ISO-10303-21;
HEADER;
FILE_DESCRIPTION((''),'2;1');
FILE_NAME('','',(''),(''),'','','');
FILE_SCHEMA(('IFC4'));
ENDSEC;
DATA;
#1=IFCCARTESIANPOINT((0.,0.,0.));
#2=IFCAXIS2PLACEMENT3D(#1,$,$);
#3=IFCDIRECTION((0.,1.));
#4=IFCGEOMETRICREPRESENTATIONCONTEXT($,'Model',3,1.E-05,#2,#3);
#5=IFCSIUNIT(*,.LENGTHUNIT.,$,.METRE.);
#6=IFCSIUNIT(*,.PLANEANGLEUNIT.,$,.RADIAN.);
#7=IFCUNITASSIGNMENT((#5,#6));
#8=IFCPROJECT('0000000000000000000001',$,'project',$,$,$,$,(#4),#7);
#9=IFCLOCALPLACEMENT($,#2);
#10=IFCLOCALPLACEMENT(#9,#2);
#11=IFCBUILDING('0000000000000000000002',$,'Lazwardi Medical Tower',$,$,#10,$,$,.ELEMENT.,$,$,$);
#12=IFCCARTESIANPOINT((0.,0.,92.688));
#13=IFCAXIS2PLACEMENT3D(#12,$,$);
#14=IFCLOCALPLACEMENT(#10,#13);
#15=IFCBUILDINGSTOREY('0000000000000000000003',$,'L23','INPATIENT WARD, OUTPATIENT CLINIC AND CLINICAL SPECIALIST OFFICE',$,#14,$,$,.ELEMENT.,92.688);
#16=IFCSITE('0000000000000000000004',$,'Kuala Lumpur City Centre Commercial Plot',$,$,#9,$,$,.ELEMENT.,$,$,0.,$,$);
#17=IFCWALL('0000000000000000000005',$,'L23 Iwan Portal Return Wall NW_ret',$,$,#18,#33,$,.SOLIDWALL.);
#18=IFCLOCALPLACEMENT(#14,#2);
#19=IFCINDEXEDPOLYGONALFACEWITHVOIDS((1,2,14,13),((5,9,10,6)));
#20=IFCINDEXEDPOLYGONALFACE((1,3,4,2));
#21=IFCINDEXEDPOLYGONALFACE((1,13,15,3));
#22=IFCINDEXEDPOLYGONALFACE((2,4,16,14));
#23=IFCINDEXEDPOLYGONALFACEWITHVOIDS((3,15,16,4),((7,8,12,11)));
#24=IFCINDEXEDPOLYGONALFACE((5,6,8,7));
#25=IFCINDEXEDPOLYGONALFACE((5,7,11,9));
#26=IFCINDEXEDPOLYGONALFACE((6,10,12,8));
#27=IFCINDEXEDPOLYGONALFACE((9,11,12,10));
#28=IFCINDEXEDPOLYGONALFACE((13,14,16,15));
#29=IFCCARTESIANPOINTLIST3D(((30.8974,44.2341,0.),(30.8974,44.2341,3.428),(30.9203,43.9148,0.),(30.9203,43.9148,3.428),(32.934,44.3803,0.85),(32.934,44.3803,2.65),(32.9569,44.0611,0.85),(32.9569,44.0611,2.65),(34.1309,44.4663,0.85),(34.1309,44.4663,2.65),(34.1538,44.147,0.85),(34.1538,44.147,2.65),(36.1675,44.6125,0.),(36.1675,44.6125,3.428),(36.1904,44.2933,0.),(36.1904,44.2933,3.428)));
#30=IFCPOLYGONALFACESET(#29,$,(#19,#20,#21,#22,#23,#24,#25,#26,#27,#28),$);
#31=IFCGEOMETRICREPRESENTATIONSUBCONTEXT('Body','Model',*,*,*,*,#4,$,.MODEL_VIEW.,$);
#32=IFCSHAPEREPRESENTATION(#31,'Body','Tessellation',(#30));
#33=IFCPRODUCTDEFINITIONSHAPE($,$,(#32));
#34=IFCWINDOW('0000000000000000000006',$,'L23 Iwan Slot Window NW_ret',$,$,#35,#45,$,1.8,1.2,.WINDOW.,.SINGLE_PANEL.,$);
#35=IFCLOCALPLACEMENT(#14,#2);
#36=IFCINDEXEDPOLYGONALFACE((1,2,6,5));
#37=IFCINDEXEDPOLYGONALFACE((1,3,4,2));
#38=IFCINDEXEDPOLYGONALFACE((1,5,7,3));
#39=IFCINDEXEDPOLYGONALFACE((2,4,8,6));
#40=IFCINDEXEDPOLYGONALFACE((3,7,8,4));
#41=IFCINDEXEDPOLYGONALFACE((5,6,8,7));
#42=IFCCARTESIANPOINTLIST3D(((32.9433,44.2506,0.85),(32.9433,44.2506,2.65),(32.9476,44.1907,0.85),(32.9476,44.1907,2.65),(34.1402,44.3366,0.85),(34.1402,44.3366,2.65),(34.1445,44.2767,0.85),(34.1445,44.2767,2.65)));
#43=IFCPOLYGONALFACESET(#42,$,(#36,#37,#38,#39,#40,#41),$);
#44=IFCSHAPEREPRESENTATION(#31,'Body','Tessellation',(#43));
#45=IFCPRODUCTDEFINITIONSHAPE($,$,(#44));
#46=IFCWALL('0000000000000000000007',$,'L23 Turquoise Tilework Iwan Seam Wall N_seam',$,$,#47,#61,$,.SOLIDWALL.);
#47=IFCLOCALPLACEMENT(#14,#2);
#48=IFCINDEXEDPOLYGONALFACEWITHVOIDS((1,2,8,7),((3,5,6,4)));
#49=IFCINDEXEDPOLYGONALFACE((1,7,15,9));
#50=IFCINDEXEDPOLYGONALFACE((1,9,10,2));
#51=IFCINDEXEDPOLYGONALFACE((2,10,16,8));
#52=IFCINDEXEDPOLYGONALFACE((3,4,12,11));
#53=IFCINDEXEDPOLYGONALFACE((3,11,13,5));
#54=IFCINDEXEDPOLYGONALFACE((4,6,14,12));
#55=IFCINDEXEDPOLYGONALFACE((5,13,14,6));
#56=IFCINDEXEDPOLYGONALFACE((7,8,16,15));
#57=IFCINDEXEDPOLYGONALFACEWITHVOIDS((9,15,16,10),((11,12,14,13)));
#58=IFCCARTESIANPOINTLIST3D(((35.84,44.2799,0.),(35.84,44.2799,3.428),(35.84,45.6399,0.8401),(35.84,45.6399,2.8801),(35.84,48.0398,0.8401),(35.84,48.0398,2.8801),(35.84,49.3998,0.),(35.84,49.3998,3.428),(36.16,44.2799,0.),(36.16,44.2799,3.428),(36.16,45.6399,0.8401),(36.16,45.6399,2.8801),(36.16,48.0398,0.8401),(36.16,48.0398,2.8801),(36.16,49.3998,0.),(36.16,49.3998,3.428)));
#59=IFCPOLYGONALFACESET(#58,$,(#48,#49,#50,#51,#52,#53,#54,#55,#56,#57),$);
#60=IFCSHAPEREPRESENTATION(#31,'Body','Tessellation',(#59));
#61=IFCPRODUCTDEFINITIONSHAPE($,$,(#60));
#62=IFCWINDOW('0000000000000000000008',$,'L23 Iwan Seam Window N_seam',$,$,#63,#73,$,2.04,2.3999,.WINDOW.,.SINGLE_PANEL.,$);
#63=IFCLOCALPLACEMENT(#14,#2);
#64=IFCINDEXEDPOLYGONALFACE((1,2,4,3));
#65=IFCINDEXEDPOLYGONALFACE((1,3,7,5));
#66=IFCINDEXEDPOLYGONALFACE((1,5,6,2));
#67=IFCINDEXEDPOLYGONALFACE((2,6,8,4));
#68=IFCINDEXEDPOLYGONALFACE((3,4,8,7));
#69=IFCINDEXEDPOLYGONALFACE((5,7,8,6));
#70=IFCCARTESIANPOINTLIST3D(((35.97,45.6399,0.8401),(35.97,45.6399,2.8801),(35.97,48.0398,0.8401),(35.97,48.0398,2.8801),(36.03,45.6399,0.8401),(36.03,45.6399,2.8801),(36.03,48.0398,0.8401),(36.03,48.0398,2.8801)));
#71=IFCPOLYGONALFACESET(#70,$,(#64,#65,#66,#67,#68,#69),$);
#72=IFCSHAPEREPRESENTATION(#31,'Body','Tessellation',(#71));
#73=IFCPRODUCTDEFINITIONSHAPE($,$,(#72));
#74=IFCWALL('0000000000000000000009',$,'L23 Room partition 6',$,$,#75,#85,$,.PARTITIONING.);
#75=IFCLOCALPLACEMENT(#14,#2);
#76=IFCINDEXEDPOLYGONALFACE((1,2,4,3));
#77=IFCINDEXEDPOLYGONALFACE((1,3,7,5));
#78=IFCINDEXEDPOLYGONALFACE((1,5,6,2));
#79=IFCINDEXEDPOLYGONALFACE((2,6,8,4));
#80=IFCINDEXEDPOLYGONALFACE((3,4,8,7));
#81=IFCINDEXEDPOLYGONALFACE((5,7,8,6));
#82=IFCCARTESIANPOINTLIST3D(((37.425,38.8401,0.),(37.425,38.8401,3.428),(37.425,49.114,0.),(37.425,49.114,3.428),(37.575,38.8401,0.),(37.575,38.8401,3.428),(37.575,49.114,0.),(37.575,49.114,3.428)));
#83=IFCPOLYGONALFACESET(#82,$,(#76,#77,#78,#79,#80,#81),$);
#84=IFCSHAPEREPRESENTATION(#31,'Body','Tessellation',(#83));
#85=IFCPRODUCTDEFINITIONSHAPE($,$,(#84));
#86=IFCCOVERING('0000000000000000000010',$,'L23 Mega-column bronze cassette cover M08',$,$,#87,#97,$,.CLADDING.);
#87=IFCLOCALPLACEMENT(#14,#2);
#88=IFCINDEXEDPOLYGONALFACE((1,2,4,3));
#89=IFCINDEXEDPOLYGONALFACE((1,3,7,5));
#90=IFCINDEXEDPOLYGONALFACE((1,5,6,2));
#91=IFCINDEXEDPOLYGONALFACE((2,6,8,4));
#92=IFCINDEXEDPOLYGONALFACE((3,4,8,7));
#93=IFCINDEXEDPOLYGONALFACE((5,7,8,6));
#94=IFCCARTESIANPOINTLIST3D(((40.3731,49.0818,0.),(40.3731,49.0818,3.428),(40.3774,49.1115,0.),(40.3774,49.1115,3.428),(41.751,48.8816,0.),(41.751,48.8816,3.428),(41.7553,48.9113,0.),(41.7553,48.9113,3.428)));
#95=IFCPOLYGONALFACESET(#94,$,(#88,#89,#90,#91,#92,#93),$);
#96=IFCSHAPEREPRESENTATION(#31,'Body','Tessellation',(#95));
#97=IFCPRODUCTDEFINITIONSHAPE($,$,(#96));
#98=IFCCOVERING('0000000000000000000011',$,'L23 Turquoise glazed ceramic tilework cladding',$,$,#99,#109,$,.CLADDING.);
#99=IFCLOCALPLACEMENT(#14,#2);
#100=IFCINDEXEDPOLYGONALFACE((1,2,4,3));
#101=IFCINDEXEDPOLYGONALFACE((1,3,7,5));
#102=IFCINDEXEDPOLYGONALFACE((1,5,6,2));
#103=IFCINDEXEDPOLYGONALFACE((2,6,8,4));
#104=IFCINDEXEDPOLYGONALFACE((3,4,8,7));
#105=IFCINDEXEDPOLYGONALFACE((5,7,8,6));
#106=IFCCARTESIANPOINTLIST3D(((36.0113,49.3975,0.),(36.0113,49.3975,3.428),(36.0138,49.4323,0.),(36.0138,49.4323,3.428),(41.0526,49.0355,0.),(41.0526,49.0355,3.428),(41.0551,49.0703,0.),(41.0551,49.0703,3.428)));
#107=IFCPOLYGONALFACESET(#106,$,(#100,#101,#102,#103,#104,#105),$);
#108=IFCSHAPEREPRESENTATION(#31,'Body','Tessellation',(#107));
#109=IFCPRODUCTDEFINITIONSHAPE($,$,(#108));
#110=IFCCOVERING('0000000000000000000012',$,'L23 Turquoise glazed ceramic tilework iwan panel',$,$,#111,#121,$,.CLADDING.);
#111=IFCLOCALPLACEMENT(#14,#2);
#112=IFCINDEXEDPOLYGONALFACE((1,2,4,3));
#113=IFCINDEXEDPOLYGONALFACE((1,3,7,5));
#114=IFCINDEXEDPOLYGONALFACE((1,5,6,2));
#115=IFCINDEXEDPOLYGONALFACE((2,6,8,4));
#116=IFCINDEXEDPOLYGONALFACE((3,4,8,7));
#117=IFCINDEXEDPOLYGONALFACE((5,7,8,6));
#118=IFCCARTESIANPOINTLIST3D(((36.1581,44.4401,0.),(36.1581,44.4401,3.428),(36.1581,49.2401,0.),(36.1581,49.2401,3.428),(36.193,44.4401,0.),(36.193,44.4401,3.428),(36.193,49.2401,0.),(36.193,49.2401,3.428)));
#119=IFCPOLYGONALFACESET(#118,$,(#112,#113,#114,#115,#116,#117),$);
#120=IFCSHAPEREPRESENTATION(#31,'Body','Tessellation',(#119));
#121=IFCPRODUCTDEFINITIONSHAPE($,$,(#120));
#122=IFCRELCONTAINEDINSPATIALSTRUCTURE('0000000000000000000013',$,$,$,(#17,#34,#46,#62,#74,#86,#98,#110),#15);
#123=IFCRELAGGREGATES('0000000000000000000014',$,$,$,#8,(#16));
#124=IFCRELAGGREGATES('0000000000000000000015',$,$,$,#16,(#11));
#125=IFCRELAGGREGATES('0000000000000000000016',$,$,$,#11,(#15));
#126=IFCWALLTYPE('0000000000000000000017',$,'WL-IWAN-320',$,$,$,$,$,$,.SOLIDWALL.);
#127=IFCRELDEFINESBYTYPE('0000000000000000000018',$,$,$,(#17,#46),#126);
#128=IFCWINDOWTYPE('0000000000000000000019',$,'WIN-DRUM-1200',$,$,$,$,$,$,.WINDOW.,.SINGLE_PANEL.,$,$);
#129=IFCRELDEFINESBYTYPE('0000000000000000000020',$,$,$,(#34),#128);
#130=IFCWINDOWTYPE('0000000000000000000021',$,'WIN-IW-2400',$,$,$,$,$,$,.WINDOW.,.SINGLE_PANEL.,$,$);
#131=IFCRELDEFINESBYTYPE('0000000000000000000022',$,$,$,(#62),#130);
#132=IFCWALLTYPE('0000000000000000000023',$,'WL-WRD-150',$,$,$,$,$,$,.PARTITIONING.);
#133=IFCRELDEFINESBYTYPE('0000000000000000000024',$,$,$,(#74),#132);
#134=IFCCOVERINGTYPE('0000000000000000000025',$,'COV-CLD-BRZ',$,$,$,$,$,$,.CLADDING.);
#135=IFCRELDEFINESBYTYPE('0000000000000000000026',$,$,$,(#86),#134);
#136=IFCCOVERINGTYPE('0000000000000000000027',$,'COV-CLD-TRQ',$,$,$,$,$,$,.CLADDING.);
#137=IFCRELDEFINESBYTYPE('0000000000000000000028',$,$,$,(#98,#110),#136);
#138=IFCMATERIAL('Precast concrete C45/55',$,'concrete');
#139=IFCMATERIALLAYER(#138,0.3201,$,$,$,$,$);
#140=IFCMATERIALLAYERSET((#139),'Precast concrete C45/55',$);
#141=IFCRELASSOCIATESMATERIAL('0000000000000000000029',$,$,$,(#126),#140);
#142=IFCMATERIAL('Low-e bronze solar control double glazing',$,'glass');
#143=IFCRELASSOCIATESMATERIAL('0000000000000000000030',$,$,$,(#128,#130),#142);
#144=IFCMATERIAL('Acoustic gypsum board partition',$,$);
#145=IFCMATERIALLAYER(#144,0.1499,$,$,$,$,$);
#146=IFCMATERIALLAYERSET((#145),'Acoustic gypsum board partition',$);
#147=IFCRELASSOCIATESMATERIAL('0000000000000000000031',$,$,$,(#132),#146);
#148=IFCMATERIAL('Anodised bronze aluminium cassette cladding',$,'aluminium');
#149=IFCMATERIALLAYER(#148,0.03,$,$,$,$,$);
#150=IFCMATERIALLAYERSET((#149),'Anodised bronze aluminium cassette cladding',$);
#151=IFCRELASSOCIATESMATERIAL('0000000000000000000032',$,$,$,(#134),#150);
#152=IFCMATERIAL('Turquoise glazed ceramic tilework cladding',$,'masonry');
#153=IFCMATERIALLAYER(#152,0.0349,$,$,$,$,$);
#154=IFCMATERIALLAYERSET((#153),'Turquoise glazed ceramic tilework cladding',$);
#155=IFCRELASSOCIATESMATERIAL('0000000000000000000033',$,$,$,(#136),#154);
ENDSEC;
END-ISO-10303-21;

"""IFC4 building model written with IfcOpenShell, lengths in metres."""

from ifc_helpers import new_model, si_unit, direction, frame, frame_2d, origin, origin_2d, place, context, subcontext, project, spatial, rectangle, extrude, material, layer, layer_set, type_object, element, fill, save


model = new_model("IFC4")

# Units and contexts
model_context = context("Model", 3, precision=1e-05, world=origin(), true_north=direction((0.0, 1.0)))
body_context = subcontext(model_context, "Body", "Model", "MODEL_VIEW")
ifc_project = project(units=[si_unit("LENGTHUNIT", "METRE"), si_unit("PLANEANGLEUNIT", "RADIAN")], contexts=[model_context])

# Site, building, storey
site_placement = place(None, origin())
site = spatial("IfcSite", under=ifc_project, at=site_placement, Name="Kuala Lumpur City Centre Commercial Plot", CompositionType="ELEMENT", RefElevation=0.0)
building_placement = place(site_placement, origin())
building = spatial("IfcBuilding", under=site, at=building_placement, Name="Lazwardi Medical Tower", CompositionType="ELEMENT")
storey_placement = place(building_placement, frame((0.0, 0.0, 92.688)))
storey = spatial("IfcBuildingStorey", under=building, at=storey_placement, Name="L23", Description="INPATIENT WARD, OUTPATIENT CLINIC AND CLINICAL SPECIALIST OFFICE", CompositionType="ELEMENT", Elevation=92.688)

# Shared definitions
ifc_material_1 = material(Name="Low-e bronze solar control double glazing", Category="glass")

# Walls, openings, windows
ifc_material_2 = material(Name="Precast concrete C45/55", Category="concrete")
ifc_layer_1 = layer(ifc_material_2, 0.3201)
ifc_layer_set_1 = layer_set([ifc_layer_1], Name="Precast concrete C45/55")
wall_type_1 = type_object("IfcWallType", Name="WL-IWAN-320", PredefinedType="SOLIDWALL", material=ifc_layer_set_1)
wall_1_placement = place(storey_placement, frame((36.179, 44.4529, 0.0), z_axis=(0.0, 0.0, 1.0), x_axis=(-0.997432, -0.071621, 0.0)))
wall_1 = element("IfcWall", 1, at=wall_1_placement, inside=storey, type_object=wall_type_1, Name="L23 Iwan Portal Return Wall NW_ret", PredefinedType="SOLIDWALL", context=body_context, shape_type="SweptSolid", body=[
    extrude(rectangle(XDim=5.2837, YDim=0.3201, at=frame_2d((2.6418, 0.0))), origin(), (0.0, 0.0, 1.0), 3.428),
])
opening_1_placement = place(wall_1_placement, frame((2.0417, 0.0, 0.8501)))
opening_1 = element("IfcOpeningElement", 2, at=opening_1_placement, cuts=wall_1, PredefinedType="OPENING", context=body_context, shape_type="SweptSolid", body=[
    extrude(rectangle(XDim=1.2, YDim=1.8, at=frame_2d((0.6001, 0.8999))), frame((0.0, 0.1699, 0.0), z_axis=(0.0, -1.0, 0.0), x_axis=(1.0, 0.0, 0.0)), (0.0, 0.0, 1.0), 0.3401),
])
window_type_1 = type_object("IfcWindowType", Name="WIN-DRUM-1200", PartitioningType="SINGLE_PANEL", PredefinedType="WINDOW", material=ifc_material_1)
window_1_placement = place(opening_1_placement, origin())
window_1 = element("IfcWindow", 3, at=window_1_placement, inside=storey, type_object=window_type_1, Name="L23 Iwan Slot Window NW_ret", OverallHeight=1.8, OverallWidth=1.2, PartitioningType="SINGLE_PANEL", PredefinedType="WINDOW", context=body_context, shape_type="SweptSolid", body=[
    extrude(rectangle(XDim=1.2, YDim=1.8, at=frame_2d((0.6001, 0.8999))), frame((0.0, 0.03, 0.0), z_axis=(0.0, -1.0, 0.0), x_axis=(1.0, 0.0, 0.0)), (0.0, 0.0, 1.0), 0.0601),
])
fill(opening_1, window_1)
wall_2_placement = place(storey_placement, frame((36.0, 49.3999, 0.0), z_axis=(0.0, 0.0, 1.0), x_axis=(0.0, -1.0, 0.0)))
wall_2 = element("IfcWall", 4, at=wall_2_placement, inside=storey, type_object=wall_type_1, Name="L23 Turquoise Tilework Iwan Seam Wall N_seam", PredefinedType="SOLIDWALL", context=body_context, shape_type="SweptSolid", body=[
    extrude(rectangle(XDim=5.1199, YDim=0.3201, at=frame_2d((2.5601, 0.0))), origin(), (0.0, 0.0, 1.0), 3.428),
])
opening_2_placement = place(wall_2_placement, frame((1.3601, 0.0, 0.8401)))
opening_2 = element("IfcOpeningElement", 5, at=opening_2_placement, cuts=wall_2, PredefinedType="OPENING", context=body_context, shape_type="SweptSolid", body=[
    extrude(rectangle(XDim=2.3999, YDim=2.04, at=frame_2d((1.2, 1.02))), frame((0.0, 0.1699, 0.0), z_axis=(0.0, -1.0, 0.0), x_axis=(1.0, 0.0, 0.0)), (0.0, 0.0, 1.0), 0.3401),
])
window_type_2 = type_object("IfcWindowType", Name="WIN-IW-2400", PartitioningType="SINGLE_PANEL", PredefinedType="WINDOW", material=ifc_material_1)
window_2_placement = place(opening_2_placement, origin())
window_2 = element("IfcWindow", 6, at=window_2_placement, inside=storey, type_object=window_type_2, Name="L23 Iwan Seam Window N_seam", OverallHeight=2.04, OverallWidth=2.3999, PartitioningType="SINGLE_PANEL", PredefinedType="WINDOW", context=body_context, shape_type="SweptSolid", body=[
    extrude(rectangle(XDim=2.3999, YDim=2.04, at=frame_2d((1.2, 1.02))), frame((0.0, 0.03, 0.0), z_axis=(0.0, -1.0, 0.0), x_axis=(1.0, 0.0, 0.0)), (0.0, 0.0, 1.0), 0.0601),
])
fill(opening_2, window_2)

# Wall
ifc_material_3 = material(Name="Acoustic gypsum board partition")
ifc_layer_2 = layer(ifc_material_3, 0.1499)
ifc_layer_set_2 = layer_set([ifc_layer_2], Name="Acoustic gypsum board partition")
wall_type_2 = type_object("IfcWallType", Name="WL-WRD-150", PredefinedType="PARTITIONING", material=ifc_layer_set_2)
wall_3_placement = place(storey_placement, frame((37.5, 38.8401, 0.0), z_axis=(0.0, 0.0, 1.0), x_axis=(0.0, 1.0, 0.0)))
element("IfcWall", 7, at=wall_3_placement, inside=storey, type_object=wall_type_2, Name="L23 Room partition 6", PredefinedType="PARTITIONING", context=body_context, shape_type="SweptSolid", body=[
    extrude(rectangle(XDim=10.2739, YDim=0.1499, at=frame_2d((5.137, 0.0))), origin(), (0.0, 0.0, 1.0), 3.428),
])

# Coverings
ifc_material_4 = material(Name="Anodised bronze aluminium cassette cladding", Category="aluminium")
ifc_layer_3 = layer(ifc_material_4, 0.03)
ifc_layer_set_3 = layer_set([ifc_layer_3], Name="Anodised bronze aluminium cassette cladding")
covering_type_1 = type_object("IfcCoveringType", Name="COV-CLD-BRZ", PredefinedType="CLADDING", material=ifc_layer_set_3)
covering_1_placement = place(storey_placement, frame((41.0642, 48.9966, 0.0), z_axis=(0.0, 0.0, 1.0), x_axis=(-0.989609, 0.143785, 0.0)))
element("IfcCovering", 8, at=covering_1_placement, inside=storey, type_object=covering_type_1, Name="L23 Mega-column bronze cassette cover M08", PredefinedType="CLADDING", context=body_context, shape_type="SweptSolid", body=[
    extrude(rectangle(XDim=1.3923, YDim=0.03, at=origin_2d()), origin(), (0.0, 0.0, 1.0), 3.428),
])
ifc_material_5 = material(Name="Turquoise glazed ceramic tilework cladding", Category="masonry")
ifc_layer_4 = layer(ifc_material_5, 0.0349)
ifc_layer_set_4 = layer_set([ifc_layer_4], Name="Turquoise glazed ceramic tilework cladding")
covering_type_2 = type_object("IfcCoveringType", Name="COV-CLD-TRQ", PredefinedType="CLADDING", material=ifc_layer_set_4)
covering_2_placement = place(storey_placement, frame((38.5332, 49.2339, 0.0), z_axis=(0.0, 0.0, 1.0), x_axis=(-0.997432, 0.071625, 0.0)))
element("IfcCovering", 9, at=covering_2_placement, inside=storey, type_object=covering_type_2, Name="L23 Turquoise glazed ceramic tilework cladding", PredefinedType="CLADDING", context=body_context, shape_type="SweptSolid", body=[
    extrude(rectangle(XDim=5.0542, YDim=0.0349, at=origin_2d()), origin(), (0.0, 0.0, 1.0), 3.428),
])
covering_3_placement = place(storey_placement, frame((36.1755, 46.8401, 0.0), z_axis=(0.0, 0.0, 1.0), x_axis=(0.0, -1.0, 0.0)))
element("IfcCovering", 10, at=covering_3_placement, inside=storey, type_object=covering_type_2, Name="L23 Turquoise glazed ceramic tilework iwan panel", PredefinedType="CLADDING", context=body_context, shape_type="SweptSolid", body=[
    extrude(rectangle(XDim=4.8, YDim=0.0349, at=origin_2d()), origin(), (0.0, 0.0, 1.0), 3.428),
])

save(model, "model.ifc")
